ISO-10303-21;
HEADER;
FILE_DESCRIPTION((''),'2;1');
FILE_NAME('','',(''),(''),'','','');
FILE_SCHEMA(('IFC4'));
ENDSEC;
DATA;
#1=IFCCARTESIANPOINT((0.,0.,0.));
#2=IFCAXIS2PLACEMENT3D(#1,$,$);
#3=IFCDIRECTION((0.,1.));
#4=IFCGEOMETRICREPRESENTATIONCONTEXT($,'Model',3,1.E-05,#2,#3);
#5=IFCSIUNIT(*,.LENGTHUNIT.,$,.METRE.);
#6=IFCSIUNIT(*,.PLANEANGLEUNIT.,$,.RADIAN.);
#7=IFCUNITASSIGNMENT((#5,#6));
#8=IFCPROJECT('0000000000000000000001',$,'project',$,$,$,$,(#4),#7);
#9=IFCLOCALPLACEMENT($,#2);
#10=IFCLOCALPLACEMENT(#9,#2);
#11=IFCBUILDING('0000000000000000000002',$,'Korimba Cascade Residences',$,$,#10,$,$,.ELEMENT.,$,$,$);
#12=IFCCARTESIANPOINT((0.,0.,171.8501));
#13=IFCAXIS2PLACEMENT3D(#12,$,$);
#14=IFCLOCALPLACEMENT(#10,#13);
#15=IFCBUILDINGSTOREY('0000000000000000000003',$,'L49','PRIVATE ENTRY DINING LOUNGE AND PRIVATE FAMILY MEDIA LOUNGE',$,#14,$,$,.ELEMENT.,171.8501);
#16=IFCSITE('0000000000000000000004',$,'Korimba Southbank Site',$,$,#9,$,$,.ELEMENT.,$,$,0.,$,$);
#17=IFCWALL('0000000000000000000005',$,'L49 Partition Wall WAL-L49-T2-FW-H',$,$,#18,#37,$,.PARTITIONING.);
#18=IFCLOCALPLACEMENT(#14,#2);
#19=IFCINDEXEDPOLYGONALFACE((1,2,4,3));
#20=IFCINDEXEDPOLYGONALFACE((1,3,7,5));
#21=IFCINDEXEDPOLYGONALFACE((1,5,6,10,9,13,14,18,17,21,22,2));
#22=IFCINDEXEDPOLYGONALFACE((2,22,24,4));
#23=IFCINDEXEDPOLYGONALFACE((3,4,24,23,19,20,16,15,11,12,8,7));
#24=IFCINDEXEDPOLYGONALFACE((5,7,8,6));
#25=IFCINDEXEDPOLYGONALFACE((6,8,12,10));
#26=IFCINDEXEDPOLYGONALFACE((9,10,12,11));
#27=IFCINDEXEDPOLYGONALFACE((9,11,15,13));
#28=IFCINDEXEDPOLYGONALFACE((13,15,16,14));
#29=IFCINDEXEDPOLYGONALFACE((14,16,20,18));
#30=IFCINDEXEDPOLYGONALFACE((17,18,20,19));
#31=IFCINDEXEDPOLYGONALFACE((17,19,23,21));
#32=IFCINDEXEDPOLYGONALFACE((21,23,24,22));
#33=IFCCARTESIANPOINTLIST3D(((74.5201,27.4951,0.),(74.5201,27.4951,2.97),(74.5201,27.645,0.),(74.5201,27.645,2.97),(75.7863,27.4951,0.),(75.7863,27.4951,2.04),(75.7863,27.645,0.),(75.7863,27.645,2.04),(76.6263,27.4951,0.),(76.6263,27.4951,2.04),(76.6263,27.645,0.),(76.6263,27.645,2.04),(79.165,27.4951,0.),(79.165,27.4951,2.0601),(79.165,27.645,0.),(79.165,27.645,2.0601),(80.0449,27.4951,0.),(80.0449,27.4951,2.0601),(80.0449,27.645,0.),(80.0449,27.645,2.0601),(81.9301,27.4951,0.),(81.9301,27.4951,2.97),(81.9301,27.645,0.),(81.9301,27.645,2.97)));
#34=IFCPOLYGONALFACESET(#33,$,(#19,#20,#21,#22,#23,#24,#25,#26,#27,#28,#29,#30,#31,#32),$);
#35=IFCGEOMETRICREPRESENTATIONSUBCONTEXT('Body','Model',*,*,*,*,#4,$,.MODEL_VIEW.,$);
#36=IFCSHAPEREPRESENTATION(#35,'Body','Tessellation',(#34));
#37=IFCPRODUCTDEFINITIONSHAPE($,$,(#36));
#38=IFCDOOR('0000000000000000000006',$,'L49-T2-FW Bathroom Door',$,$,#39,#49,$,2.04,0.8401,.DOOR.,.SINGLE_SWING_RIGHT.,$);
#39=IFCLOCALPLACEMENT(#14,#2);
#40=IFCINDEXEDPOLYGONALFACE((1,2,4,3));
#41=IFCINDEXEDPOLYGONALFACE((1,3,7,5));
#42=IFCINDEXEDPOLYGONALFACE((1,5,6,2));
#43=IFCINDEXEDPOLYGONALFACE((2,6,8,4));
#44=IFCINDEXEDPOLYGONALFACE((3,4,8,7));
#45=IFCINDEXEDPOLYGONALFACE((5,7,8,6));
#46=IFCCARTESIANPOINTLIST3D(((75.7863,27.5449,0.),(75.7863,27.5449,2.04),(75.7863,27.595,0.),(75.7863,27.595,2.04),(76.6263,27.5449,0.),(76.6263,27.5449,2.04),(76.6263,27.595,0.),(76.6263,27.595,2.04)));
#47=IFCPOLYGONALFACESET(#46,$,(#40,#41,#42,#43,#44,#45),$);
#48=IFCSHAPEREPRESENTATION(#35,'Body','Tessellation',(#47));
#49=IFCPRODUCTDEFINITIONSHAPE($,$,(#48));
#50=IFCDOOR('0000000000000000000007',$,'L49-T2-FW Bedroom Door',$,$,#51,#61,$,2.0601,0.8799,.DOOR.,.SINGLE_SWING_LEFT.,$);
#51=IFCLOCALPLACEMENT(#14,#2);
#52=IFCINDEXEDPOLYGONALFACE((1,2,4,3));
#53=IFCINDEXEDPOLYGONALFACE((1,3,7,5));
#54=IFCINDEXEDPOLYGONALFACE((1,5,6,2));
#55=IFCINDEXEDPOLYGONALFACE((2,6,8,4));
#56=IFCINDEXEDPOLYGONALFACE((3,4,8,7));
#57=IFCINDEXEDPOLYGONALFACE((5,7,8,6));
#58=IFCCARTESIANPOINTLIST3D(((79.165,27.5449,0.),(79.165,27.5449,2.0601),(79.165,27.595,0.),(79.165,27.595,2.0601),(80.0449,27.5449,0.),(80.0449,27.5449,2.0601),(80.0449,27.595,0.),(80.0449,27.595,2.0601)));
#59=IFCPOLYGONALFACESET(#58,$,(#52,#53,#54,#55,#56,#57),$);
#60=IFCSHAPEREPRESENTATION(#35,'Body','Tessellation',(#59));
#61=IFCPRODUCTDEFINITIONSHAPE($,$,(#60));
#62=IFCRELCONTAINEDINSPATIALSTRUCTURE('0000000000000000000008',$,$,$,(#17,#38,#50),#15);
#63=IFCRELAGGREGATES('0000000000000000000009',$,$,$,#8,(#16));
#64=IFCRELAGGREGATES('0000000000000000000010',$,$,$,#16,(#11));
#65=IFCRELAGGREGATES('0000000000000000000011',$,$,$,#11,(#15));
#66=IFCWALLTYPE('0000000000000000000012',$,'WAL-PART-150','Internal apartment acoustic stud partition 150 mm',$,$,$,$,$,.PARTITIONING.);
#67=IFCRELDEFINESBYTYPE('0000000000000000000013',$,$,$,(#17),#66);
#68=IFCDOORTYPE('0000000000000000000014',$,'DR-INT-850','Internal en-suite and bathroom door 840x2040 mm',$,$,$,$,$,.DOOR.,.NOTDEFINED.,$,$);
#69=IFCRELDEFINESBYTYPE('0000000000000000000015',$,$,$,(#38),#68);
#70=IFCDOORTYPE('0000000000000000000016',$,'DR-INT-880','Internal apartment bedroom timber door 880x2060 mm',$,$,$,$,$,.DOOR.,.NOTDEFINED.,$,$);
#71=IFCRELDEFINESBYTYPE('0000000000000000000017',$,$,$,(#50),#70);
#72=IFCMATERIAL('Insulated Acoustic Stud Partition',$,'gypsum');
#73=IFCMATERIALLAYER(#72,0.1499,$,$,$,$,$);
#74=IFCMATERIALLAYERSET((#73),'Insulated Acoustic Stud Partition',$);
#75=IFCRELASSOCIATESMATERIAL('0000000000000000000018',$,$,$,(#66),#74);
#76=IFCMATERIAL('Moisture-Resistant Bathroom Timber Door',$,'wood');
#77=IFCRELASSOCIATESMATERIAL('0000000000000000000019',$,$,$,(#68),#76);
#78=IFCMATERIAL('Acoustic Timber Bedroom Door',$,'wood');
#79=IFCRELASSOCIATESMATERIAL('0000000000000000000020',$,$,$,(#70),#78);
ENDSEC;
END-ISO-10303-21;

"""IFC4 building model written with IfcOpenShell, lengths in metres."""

from ifc_helpers import new_model, si_unit, direction, frame, frame_2d, origin, place, context, subcontext, project, spatial, rectangle, extrude, material, layer, layer_set, type_object, element, fill, save


model = new_model("IFC4")

# Units and contexts
model_context = context("Model", 3, precision=1e-05, world=origin(), true_north=direction((0.0, 1.0)))
body_context = subcontext(model_context, "Body", "Model", "MODEL_VIEW")
ifc_project = project(units=[si_unit("LENGTHUNIT", "METRE"), si_unit("PLANEANGLEUNIT", "RADIAN")], contexts=[model_context])

# Site, building, storey
site_placement = place(None, origin())
site = spatial("IfcSite", under=ifc_project, at=site_placement, Name="Korimba Southbank Site", CompositionType="ELEMENT", RefElevation=0.0)
building_placement = place(site_placement, origin())
building = spatial("IfcBuilding", under=site, at=building_placement, Name="Korimba Cascade Residences", CompositionType="ELEMENT")
storey_placement = place(building_placement, frame((0.0, 0.0, 171.8501)))
storey = spatial("IfcBuildingStorey", under=building, at=storey_placement, Name="L49", Description="PRIVATE ENTRY DINING LOUNGE AND PRIVATE FAMILY MEDIA LOUNGE", CompositionType="ELEMENT", Elevation=171.8501)

# Shared definitions
ifc_material_1 = material(Name="Insulated Acoustic Stud Partition", Category="gypsum")
ifc_layer_1 = layer(ifc_material_1, 0.1499)
ifc_layer_set_1 = layer_set([ifc_layer_1], Name="Insulated Acoustic Stud Partition")
wall_type_1 = type_object("IfcWallType", Name="WAL-PART-150", Description="Internal apartment acoustic stud partition 150 mm", PredefinedType="PARTITIONING", material=ifc_layer_set_1)

# Wall, openings, doors
wall_1_placement = place(storey_placement, frame((74.52, 27.5701, 0.0), z_axis=(0.0, 0.0, 1.0), x_axis=(1.0, 0.0, 0.0)))
wall_1 = element("IfcWall", 1, at=wall_1_placement, inside=storey, type_object=wall_type_1, Name="L49 Partition Wall WAL-L49-T2-FW-H", PredefinedType="PARTITIONING", context=body_context, shape_type="SweptSolid", body=[
    extrude(rectangle(XDim=7.4099, YDim=0.1499, at=frame_2d((3.7051, 0.0))), origin(), (0.0, 0.0, 1.0), 2.97),
])
opening_1_placement = place(wall_1_placement, frame((1.2664, 0.0, 0.0)))
opening_1 = element("IfcOpeningElement", 2, at=opening_1_placement, cuts=wall_1, PredefinedType="OPENING", context=body_context, shape_type="SweptSolid", body=[
    extrude(rectangle(XDim=0.8401, YDim=2.04, at=frame_2d((0.4199, 1.02))), frame((0.0, 0.085, 0.0), z_axis=(0.0, -1.0, 0.0), x_axis=(1.0, 0.0, 0.0)), (0.0, 0.0, 1.0), 0.1699),
])
opening_2_placement = place(wall_1_placement, frame((4.645, 0.0, 0.0)))
opening_2 = element("IfcOpeningElement", 3, at=opening_2_placement, cuts=wall_1, PredefinedType="OPENING", context=body_context, shape_type="SweptSolid", body=[
    extrude(rectangle(XDim=0.8799, YDim=2.0601, at=frame_2d((0.4399, 1.03))), frame((0.0, 0.085, 0.0), z_axis=(0.0, -1.0, 0.0), x_axis=(1.0, 0.0, 0.0)), (0.0, 0.0, 1.0), 0.1699),
])
ifc_material_2 = material(Name="Moisture-Resistant Bathroom Timber Door", Category="wood")
door_type_1 = type_object("IfcDoorType", Name="DR-INT-850", Description="Internal en-suite and bathroom door 840x2040 mm", OperationType="NOTDEFINED", PredefinedType="DOOR", material=ifc_material_2)
door_1_placement = place(opening_1_placement, origin())
door_1 = element("IfcDoor", 4, at=door_1_placement, inside=storey, type_object=door_type_1, Name="L49-T2-FW Bathroom Door", OperationType="SINGLE_SWING_RIGHT", OverallHeight=2.04, OverallWidth=0.8401, PredefinedType="DOOR", context=body_context, shape_type="SweptSolid", body=[
    extrude(rectangle(XDim=0.8401, YDim=2.04, at=frame_2d((0.4199, 1.02))), frame((0.0, 0.0249, 0.0), z_axis=(0.0, -1.0, 0.0), x_axis=(1.0, 0.0, 0.0)), (0.0, 0.0, 1.0), 0.05),
])
fill(opening_1, door_1)
ifc_material_3 = material(Name="Acoustic Timber Bedroom Door", Category="wood")
door_type_2 = type_object("IfcDoorType", Name="DR-INT-880", Description="Internal apartment bedroom timber door 880x2060 mm", OperationType="NOTDEFINED", PredefinedType="DOOR", material=ifc_material_3)
door_2_placement = place(opening_2_placement, origin())
door_2 = element("IfcDoor", 5, at=door_2_placement, inside=storey, type_object=door_type_2, Name="L49-T2-FW Bedroom Door", OperationType="SINGLE_SWING_LEFT", OverallHeight=2.0601, OverallWidth=0.8799, PredefinedType="DOOR", context=body_context, shape_type="SweptSolid", body=[
    extrude(rectangle(XDim=0.8799, YDim=2.0601, at=frame_2d((0.4399, 1.03))), frame((0.0, 0.0249, 0.0), z_axis=(0.0, -1.0, 0.0), x_axis=(1.0, 0.0, 0.0)), (0.0, 0.0, 1.0), 0.05),
])
fill(opening_2, door_2)

save(model, "model.ifc")
